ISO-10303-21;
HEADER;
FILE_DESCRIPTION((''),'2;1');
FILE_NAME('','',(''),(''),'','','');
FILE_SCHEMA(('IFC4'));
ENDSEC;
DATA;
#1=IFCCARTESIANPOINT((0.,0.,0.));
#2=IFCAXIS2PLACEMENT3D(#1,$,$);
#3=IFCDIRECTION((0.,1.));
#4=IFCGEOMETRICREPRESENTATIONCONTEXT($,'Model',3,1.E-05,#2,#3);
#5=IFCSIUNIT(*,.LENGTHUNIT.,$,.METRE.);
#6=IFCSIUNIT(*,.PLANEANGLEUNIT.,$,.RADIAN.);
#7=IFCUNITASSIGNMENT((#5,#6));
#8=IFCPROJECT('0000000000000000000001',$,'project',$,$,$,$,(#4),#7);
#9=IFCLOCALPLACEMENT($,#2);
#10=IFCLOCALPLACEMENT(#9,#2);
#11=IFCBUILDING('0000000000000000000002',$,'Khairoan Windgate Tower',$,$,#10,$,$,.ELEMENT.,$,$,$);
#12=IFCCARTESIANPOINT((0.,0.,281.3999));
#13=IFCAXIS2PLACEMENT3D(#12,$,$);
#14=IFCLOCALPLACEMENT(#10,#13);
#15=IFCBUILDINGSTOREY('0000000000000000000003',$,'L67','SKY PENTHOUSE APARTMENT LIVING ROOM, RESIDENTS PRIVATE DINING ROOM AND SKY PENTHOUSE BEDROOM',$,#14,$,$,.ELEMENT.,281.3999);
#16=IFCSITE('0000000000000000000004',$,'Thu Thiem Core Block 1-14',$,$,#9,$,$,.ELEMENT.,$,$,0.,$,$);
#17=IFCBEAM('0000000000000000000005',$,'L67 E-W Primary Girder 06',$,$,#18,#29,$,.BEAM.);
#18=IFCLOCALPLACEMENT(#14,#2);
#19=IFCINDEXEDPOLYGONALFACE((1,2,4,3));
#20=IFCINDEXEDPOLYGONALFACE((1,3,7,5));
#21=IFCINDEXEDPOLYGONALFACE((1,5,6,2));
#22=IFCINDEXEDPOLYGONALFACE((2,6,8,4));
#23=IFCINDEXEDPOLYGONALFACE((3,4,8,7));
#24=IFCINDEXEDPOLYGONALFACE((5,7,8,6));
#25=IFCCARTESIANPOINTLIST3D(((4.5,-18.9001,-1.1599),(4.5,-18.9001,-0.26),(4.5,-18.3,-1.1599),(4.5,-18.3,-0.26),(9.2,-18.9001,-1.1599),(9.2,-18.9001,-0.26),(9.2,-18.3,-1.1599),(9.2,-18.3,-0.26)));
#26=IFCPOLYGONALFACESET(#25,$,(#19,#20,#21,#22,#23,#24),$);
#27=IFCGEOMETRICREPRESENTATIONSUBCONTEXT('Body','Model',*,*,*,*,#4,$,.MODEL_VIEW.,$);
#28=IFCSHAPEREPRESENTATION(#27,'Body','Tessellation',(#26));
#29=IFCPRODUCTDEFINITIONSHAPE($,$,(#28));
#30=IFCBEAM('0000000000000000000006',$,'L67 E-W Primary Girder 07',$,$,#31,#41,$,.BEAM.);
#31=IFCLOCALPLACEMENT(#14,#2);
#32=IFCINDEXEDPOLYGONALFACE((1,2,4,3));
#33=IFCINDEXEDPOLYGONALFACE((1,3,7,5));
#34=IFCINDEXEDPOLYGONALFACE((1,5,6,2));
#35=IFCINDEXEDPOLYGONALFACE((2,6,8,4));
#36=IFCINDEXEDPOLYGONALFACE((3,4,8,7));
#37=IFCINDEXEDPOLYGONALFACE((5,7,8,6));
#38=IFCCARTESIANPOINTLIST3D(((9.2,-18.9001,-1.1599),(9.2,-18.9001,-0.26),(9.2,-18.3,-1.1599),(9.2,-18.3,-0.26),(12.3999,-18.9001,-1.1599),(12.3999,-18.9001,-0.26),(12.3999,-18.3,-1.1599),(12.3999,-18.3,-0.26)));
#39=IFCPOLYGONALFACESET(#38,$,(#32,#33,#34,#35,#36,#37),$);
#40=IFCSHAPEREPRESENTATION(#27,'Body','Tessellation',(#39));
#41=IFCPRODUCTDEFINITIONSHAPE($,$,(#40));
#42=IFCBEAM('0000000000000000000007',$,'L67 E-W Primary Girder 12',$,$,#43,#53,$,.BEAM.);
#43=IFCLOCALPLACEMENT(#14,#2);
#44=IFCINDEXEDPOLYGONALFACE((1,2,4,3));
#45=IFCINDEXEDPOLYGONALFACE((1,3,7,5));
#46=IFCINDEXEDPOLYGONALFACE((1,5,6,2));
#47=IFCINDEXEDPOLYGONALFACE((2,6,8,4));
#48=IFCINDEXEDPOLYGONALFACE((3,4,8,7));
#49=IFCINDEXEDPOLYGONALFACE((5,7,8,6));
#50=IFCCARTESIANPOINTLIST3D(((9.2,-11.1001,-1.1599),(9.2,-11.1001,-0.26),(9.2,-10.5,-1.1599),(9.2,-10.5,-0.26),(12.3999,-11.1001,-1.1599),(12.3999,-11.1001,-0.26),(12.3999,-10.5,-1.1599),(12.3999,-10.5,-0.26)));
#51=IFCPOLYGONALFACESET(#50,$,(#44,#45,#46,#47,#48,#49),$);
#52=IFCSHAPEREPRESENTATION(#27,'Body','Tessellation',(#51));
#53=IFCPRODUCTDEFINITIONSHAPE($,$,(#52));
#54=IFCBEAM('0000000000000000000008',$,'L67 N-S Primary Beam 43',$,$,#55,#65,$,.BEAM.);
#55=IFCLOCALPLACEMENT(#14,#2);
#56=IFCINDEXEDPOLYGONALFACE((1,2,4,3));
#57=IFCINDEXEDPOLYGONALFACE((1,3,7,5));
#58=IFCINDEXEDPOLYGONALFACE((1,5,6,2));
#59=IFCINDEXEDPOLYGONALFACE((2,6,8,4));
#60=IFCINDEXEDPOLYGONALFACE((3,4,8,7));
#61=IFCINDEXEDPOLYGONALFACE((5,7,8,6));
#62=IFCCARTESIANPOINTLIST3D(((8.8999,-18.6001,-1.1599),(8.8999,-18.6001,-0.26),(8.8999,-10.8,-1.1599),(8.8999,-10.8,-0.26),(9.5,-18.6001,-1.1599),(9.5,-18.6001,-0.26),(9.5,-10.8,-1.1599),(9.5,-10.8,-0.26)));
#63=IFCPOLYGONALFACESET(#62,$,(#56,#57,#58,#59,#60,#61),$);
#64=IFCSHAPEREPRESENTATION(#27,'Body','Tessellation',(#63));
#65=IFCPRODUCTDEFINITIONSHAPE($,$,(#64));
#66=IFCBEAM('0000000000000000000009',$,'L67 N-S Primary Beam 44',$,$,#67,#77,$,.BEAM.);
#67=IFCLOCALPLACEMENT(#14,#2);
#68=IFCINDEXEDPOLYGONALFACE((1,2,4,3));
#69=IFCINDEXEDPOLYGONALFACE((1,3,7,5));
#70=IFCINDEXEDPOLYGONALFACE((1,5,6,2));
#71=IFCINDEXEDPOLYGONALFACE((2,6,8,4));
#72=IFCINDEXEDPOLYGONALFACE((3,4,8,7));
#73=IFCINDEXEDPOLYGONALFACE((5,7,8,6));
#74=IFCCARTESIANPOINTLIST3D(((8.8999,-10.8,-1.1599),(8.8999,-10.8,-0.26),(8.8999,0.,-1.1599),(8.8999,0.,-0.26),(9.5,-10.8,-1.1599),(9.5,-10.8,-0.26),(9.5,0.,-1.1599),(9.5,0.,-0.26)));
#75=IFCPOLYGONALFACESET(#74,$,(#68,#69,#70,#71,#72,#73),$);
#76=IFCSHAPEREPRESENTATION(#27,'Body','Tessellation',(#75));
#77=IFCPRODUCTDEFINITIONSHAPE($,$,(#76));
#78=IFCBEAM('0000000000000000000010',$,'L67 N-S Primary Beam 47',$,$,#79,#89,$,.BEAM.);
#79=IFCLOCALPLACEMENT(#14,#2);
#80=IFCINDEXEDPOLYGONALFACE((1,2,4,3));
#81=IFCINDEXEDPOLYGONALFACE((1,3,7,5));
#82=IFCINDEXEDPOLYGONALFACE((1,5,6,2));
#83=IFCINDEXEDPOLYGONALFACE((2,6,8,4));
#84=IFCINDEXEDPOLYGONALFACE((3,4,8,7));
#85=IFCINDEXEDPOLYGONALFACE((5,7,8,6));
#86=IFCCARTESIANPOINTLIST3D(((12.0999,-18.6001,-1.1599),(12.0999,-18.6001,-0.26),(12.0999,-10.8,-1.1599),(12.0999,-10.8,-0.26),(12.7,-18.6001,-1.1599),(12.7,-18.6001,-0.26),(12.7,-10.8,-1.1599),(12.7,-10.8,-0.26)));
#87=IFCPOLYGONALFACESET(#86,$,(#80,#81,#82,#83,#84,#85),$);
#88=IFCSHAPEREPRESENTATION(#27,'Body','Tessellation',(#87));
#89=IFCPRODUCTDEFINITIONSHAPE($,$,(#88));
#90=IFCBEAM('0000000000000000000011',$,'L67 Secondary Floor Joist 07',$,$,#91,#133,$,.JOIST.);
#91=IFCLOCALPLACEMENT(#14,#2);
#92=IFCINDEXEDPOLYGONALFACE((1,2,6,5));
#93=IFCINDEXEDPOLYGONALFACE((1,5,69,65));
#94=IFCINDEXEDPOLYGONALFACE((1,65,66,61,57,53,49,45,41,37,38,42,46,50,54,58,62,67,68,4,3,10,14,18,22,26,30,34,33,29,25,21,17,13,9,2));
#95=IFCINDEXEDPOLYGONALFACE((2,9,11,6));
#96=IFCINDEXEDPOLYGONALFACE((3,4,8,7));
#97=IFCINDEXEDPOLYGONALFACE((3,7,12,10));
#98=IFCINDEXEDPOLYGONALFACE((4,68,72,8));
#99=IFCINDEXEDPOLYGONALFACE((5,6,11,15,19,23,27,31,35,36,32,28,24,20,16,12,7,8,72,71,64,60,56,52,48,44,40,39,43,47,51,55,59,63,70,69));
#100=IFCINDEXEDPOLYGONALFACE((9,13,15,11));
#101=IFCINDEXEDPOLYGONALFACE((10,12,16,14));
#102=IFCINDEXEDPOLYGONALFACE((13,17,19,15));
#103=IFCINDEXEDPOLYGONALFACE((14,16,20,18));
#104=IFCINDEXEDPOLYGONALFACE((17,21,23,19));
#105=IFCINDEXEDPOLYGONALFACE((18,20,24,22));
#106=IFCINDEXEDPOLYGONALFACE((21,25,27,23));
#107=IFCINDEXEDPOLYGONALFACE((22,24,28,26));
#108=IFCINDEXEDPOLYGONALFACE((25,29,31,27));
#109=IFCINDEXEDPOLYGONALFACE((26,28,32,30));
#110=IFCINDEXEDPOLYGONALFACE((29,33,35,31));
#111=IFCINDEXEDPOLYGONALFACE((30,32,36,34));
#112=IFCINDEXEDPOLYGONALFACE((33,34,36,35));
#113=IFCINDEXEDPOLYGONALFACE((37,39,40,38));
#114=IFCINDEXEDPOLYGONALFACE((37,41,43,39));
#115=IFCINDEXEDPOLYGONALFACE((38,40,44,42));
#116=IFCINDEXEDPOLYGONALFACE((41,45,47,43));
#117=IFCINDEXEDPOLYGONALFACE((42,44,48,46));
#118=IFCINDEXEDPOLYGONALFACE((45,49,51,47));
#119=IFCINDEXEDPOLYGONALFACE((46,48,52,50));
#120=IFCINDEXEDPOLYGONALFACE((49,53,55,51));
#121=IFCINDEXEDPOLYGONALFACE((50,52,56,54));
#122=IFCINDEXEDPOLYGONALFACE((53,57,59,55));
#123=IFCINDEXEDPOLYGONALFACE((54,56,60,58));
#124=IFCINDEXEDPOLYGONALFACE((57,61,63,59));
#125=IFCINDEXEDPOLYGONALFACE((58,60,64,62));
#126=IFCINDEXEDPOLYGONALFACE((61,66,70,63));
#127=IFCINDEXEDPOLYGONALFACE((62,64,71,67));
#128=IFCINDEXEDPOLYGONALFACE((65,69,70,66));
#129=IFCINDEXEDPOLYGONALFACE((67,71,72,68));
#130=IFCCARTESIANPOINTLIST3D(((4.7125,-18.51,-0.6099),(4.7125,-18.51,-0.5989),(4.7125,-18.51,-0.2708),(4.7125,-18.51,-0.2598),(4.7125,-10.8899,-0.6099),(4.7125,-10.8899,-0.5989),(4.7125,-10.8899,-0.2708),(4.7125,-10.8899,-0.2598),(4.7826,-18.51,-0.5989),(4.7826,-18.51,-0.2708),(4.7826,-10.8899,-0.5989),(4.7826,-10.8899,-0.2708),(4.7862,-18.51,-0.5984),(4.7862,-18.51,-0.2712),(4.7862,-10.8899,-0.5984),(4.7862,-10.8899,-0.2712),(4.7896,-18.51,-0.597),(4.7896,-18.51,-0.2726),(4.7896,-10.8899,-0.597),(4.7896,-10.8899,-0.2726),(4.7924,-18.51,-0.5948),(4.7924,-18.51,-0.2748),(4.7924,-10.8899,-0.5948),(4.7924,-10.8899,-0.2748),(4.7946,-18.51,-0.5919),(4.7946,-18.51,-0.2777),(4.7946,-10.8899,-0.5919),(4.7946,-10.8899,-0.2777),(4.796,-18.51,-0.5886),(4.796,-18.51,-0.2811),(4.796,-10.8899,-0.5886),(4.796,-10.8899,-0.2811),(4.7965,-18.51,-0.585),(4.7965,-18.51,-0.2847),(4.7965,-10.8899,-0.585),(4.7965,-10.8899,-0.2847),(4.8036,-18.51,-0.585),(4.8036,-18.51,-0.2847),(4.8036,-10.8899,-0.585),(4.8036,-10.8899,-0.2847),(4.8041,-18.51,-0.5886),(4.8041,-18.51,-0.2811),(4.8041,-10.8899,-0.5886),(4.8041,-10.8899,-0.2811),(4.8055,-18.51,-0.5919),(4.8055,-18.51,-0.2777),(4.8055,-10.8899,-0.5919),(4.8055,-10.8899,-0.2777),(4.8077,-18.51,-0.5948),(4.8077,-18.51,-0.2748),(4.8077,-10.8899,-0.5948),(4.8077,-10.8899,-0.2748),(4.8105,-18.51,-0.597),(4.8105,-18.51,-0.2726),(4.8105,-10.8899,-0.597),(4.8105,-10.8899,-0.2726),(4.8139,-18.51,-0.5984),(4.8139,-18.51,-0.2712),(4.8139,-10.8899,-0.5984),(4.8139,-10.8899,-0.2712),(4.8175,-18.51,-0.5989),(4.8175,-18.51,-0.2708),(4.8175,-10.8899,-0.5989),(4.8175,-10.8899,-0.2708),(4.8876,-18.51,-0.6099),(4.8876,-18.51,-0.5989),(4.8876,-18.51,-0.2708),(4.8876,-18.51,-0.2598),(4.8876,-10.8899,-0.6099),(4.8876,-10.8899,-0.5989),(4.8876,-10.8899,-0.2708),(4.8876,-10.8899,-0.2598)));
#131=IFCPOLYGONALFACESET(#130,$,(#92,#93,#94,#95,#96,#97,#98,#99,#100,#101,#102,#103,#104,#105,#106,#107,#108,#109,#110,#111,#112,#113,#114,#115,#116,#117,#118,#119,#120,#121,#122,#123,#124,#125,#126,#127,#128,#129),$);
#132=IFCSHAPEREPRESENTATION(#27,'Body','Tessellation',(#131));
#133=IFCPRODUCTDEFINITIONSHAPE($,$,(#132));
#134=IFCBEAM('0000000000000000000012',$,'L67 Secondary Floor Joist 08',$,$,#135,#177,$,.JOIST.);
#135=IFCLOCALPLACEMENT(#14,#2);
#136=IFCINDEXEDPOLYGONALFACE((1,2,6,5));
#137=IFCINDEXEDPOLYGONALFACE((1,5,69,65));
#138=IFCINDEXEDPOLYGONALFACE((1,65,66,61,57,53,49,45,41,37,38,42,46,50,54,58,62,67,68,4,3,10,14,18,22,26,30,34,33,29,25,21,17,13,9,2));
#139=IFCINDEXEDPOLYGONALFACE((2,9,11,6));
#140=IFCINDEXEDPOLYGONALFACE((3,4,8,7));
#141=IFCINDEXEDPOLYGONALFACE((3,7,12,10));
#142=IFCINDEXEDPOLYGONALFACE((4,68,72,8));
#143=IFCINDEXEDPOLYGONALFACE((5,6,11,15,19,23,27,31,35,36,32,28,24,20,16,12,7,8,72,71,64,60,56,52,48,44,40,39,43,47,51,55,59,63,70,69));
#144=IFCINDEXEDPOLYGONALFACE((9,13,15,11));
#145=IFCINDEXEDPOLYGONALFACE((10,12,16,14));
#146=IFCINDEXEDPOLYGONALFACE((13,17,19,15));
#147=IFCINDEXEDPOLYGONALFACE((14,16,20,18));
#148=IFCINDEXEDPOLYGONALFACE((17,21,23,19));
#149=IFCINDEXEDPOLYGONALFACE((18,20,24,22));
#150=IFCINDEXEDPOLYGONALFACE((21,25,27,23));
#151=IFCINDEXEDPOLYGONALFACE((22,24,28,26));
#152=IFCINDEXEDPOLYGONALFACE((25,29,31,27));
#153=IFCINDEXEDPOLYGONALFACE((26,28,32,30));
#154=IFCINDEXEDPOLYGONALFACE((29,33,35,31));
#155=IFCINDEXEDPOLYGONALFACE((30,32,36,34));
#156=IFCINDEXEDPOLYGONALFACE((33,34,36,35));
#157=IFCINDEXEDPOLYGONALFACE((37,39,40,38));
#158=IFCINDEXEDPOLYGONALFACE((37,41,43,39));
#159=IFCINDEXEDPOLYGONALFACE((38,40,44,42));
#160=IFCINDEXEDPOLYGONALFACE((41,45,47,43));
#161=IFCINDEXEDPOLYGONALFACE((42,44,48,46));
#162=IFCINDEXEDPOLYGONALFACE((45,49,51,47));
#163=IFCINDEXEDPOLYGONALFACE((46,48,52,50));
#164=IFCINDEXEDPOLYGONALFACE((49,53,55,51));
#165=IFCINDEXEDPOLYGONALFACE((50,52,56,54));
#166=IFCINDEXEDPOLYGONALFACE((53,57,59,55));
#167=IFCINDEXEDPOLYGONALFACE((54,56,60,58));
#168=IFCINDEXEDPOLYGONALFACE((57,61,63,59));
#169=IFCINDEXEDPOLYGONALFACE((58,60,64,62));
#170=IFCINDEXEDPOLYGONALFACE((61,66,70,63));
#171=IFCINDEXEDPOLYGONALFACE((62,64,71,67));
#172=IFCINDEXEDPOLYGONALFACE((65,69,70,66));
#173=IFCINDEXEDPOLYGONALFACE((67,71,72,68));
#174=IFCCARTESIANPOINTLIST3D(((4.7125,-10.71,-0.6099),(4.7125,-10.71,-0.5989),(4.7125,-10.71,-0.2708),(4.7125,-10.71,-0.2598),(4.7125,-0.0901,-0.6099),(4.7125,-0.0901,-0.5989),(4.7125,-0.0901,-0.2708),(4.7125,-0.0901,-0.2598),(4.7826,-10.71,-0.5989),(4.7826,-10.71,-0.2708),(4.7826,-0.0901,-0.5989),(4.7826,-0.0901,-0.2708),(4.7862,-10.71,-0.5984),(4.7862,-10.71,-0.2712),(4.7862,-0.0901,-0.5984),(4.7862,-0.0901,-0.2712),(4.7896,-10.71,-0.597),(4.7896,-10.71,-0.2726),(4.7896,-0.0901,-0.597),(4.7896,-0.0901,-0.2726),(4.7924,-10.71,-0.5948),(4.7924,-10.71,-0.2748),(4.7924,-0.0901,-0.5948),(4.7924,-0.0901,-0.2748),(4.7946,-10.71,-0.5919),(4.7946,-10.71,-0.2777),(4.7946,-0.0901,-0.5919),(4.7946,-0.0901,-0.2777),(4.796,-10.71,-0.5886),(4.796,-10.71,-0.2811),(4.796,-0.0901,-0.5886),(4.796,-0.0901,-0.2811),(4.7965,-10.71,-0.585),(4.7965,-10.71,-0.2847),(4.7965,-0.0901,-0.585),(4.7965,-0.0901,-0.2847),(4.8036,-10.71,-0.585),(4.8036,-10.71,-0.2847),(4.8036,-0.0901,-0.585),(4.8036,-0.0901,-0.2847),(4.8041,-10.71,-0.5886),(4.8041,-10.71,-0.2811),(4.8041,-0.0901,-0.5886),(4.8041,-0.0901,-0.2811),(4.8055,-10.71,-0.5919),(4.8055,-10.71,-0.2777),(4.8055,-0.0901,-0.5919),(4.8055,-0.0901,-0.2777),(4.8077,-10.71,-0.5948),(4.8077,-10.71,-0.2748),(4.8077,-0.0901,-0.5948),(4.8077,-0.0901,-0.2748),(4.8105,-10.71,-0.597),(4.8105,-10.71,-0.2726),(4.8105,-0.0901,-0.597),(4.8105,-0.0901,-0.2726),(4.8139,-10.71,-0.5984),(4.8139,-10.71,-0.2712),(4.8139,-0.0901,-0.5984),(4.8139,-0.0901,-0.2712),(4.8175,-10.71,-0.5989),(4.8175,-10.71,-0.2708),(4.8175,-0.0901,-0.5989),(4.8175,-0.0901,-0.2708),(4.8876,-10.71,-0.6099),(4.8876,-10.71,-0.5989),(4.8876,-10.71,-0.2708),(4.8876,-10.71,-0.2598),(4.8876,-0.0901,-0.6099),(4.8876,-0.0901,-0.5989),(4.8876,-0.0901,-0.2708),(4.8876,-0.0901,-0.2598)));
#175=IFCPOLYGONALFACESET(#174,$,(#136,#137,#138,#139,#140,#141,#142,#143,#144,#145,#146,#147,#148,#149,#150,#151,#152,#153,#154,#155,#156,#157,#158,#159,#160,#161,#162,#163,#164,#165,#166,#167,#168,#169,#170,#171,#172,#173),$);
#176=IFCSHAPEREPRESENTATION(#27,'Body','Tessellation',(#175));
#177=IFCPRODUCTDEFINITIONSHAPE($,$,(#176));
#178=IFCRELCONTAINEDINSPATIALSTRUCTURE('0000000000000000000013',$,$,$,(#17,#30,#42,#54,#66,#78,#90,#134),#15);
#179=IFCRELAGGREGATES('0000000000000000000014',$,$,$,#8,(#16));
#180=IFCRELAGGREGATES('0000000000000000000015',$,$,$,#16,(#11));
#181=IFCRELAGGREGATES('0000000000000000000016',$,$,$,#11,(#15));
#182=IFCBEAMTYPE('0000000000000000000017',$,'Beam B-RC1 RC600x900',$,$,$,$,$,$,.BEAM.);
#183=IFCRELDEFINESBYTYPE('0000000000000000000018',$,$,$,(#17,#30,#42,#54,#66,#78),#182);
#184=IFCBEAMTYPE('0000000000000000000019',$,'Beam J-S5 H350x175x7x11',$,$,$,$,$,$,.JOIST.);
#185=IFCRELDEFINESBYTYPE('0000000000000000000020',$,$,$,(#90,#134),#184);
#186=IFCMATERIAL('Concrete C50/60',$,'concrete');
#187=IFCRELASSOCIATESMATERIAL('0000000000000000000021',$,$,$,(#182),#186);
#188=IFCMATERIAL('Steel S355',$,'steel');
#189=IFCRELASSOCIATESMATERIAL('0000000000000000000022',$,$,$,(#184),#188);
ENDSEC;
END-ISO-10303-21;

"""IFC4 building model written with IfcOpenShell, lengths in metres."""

from ifc_helpers import new_model, si_unit, direction, frame, origin, origin_2d, place, context, subcontext, project, spatial, rectangle, i_section, extrude, material, material_profile, profile_set, type_object, element, save


model = new_model("IFC4")

# Units and contexts
model_context = context("Model", 3, precision=1e-05, world=origin(), true_north=direction((0.0, 1.0)))
body_context = subcontext(model_context, "Body", "Model", "MODEL_VIEW")
ifc_project = project(units=[si_unit("LENGTHUNIT", "METRE"), si_unit("PLANEANGLEUNIT", "RADIAN")], contexts=[model_context])

# Site, building, storey
site_placement = place(None, origin())
site = spatial("IfcSite", under=ifc_project, at=site_placement, Name="Thu Thiem Core Block 1-14", CompositionType="ELEMENT", RefElevation=0.0)
building_placement = place(site_placement, origin())
building = spatial("IfcBuilding", under=site, at=building_placement, Name="Khairoan Windgate Tower", CompositionType="ELEMENT")
storey_placement = place(building_placement, frame((0.0, 0.0, 281.3999)))
storey = spatial("IfcBuildingStorey", under=building, at=storey_placement, Name="L67", Description="SKY PENTHOUSE APARTMENT LIVING ROOM, RESIDENTS PRIVATE DINING ROOM AND SKY PENTHOUSE BEDROOM", CompositionType="ELEMENT", Elevation=281.3999)

# Beams
ifc_material_1 = material(Name="Concrete C50/60", Category="concrete")
ifc_material_profile_1 = material_profile(ifc_material_1, rectangle(XDim=0.6001, YDim=0.8999, at=origin_2d()))
ifc_profile_set_1 = profile_set([ifc_material_profile_1], Name="Concrete C50/60")
beam_type_1 = type_object("IfcBeamType", Name="Beam B-RC1 RC600x900", PredefinedType="BEAM", material=ifc_profile_set_1)
beam_1_placement = place(storey_placement, frame((4.5, -18.6001, -0.71), z_axis=(1.0, 0.0, 0.0), x_axis=(0.0, 1.0, 0.0)))
element("IfcBeam", 1, at=beam_1_placement, inside=storey, type_object=beam_type_1, Name="L67 E-W Primary Girder 06", PredefinedType="BEAM", context=body_context, shape_type="SweptSolid", body=[
    extrude(rectangle(XDim=0.6001, YDim=0.8999, at=origin_2d()), origin(), (0.0, 0.0, 1.0), 4.7),
])
for number, where, z_axis, x_axis, name in (
    (2, (9.2, -18.6001, -0.71), (1.0, 0.0, 0.0), (0.0, 1.0, 0.0), "L67 E-W Primary Girder 07"),
    (3, (9.2, -10.8, -0.71), (1.0, 0.0, 0.0), (0.0, 1.0, 0.0), "L67 E-W Primary Girder 12"),
):
    element("IfcBeam", number, at=place(storey_placement, frame(where, z_axis=z_axis, x_axis=x_axis)), inside=storey, type_object=beam_type_1, Name=name, PredefinedType="BEAM", context=body_context, shape_type="SweptSolid", body=[
        extrude(rectangle(XDim=0.6001, YDim=0.8999, at=origin_2d()), origin(), (0.0, 0.0, 1.0), 3.2),
    ])
beam_2_placement = place(storey_placement, frame((9.2, -18.6001, -0.71), z_axis=(0.0, 1.0, 0.0), x_axis=(-1.0, 0.0, 0.0)))
element("IfcBeam", 4, at=beam_2_placement, inside=storey, type_object=beam_type_1, Name="L67 N-S Primary Beam 43", PredefinedType="BEAM", context=body_context, shape_type="SweptSolid", body=[
    extrude(rectangle(XDim=0.6001, YDim=0.8999, at=origin_2d()), origin(), (0.0, 0.0, 1.0), 7.8),
])
beam_3_placement = place(storey_placement, frame((9.2, -10.8, -0.71), z_axis=(0.0, 1.0, 0.0), x_axis=(-1.0, 0.0, 0.0)))
element("IfcBeam", 5, at=beam_3_placement, inside=storey, type_object=beam_type_1, Name="L67 N-S Primary Beam 44", PredefinedType="BEAM", context=body_context, shape_type="SweptSolid", body=[
    extrude(rectangle(XDim=0.6001, YDim=0.8999, at=origin_2d()), origin(), (0.0, 0.0, 1.0), 10.8),
])
beam_4_placement = place(storey_placement, frame((12.3999, -18.6001, -0.71), z_axis=(0.0, 1.0, 0.0), x_axis=(-1.0, 0.0, 0.0)))
element("IfcBeam", 6, at=beam_4_placement, inside=storey, type_object=beam_type_1, Name="L67 N-S Primary Beam 47", PredefinedType="BEAM", context=body_context, shape_type="SweptSolid", body=[
    extrude(rectangle(XDim=0.6001, YDim=0.8999, at=origin_2d()), origin(), (0.0, 0.0, 1.0), 7.8),
])
ifc_material_2 = material(Name="Steel S355", Category="steel")
ifc_material_profile_2 = material_profile(ifc_material_2, i_section(OverallWidth=0.175, OverallDepth=0.3501, WebThickness=0.0071, FlangeThickness=0.011, FilletRadius=0.0139, at=origin_2d()))
ifc_profile_set_2 = profile_set([ifc_material_profile_2], Name="Steel S355")
beam_type_2 = type_object("IfcBeamType", Name="Beam J-S5 H350x175x7x11", PredefinedType="JOIST", material=ifc_profile_set_2)
beam_5_placement = place(storey_placement, frame((4.8, -18.51, -0.4348), z_axis=(0.0, 1.0, 0.0), x_axis=(-1.0, 0.0, 0.0)))
element("IfcBeam", 7, at=beam_5_placement, inside=storey, type_object=beam_type_2, Name="L67 Secondary Floor Joist 07", PredefinedType="JOIST", context=body_context, shape_type="SweptSolid", body=[
    extrude(i_section(OverallWidth=0.175, OverallDepth=0.3501, WebThickness=0.0071, FlangeThickness=0.011, FilletRadius=0.0139, at=origin_2d()), origin(), (0.0, 0.0, 1.0), 7.6201),
])
beam_6_placement = place(storey_placement, frame((4.8, -10.71, -0.4348), z_axis=(0.0, 1.0, 0.0), x_axis=(-1.0, 0.0, 0.0)))
element("IfcBeam", 8, at=beam_6_placement, inside=storey, type_object=beam_type_2, Name="L67 Secondary Floor Joist 08", PredefinedType="JOIST", context=body_context, shape_type="SweptSolid", body=[
    extrude(i_section(OverallWidth=0.175, OverallDepth=0.3501, WebThickness=0.0071, FlangeThickness=0.011, FilletRadius=0.0139, at=origin_2d()), origin(), (0.0, 0.0, 1.0), 10.6199),
])

save(model, "model.ifc")
